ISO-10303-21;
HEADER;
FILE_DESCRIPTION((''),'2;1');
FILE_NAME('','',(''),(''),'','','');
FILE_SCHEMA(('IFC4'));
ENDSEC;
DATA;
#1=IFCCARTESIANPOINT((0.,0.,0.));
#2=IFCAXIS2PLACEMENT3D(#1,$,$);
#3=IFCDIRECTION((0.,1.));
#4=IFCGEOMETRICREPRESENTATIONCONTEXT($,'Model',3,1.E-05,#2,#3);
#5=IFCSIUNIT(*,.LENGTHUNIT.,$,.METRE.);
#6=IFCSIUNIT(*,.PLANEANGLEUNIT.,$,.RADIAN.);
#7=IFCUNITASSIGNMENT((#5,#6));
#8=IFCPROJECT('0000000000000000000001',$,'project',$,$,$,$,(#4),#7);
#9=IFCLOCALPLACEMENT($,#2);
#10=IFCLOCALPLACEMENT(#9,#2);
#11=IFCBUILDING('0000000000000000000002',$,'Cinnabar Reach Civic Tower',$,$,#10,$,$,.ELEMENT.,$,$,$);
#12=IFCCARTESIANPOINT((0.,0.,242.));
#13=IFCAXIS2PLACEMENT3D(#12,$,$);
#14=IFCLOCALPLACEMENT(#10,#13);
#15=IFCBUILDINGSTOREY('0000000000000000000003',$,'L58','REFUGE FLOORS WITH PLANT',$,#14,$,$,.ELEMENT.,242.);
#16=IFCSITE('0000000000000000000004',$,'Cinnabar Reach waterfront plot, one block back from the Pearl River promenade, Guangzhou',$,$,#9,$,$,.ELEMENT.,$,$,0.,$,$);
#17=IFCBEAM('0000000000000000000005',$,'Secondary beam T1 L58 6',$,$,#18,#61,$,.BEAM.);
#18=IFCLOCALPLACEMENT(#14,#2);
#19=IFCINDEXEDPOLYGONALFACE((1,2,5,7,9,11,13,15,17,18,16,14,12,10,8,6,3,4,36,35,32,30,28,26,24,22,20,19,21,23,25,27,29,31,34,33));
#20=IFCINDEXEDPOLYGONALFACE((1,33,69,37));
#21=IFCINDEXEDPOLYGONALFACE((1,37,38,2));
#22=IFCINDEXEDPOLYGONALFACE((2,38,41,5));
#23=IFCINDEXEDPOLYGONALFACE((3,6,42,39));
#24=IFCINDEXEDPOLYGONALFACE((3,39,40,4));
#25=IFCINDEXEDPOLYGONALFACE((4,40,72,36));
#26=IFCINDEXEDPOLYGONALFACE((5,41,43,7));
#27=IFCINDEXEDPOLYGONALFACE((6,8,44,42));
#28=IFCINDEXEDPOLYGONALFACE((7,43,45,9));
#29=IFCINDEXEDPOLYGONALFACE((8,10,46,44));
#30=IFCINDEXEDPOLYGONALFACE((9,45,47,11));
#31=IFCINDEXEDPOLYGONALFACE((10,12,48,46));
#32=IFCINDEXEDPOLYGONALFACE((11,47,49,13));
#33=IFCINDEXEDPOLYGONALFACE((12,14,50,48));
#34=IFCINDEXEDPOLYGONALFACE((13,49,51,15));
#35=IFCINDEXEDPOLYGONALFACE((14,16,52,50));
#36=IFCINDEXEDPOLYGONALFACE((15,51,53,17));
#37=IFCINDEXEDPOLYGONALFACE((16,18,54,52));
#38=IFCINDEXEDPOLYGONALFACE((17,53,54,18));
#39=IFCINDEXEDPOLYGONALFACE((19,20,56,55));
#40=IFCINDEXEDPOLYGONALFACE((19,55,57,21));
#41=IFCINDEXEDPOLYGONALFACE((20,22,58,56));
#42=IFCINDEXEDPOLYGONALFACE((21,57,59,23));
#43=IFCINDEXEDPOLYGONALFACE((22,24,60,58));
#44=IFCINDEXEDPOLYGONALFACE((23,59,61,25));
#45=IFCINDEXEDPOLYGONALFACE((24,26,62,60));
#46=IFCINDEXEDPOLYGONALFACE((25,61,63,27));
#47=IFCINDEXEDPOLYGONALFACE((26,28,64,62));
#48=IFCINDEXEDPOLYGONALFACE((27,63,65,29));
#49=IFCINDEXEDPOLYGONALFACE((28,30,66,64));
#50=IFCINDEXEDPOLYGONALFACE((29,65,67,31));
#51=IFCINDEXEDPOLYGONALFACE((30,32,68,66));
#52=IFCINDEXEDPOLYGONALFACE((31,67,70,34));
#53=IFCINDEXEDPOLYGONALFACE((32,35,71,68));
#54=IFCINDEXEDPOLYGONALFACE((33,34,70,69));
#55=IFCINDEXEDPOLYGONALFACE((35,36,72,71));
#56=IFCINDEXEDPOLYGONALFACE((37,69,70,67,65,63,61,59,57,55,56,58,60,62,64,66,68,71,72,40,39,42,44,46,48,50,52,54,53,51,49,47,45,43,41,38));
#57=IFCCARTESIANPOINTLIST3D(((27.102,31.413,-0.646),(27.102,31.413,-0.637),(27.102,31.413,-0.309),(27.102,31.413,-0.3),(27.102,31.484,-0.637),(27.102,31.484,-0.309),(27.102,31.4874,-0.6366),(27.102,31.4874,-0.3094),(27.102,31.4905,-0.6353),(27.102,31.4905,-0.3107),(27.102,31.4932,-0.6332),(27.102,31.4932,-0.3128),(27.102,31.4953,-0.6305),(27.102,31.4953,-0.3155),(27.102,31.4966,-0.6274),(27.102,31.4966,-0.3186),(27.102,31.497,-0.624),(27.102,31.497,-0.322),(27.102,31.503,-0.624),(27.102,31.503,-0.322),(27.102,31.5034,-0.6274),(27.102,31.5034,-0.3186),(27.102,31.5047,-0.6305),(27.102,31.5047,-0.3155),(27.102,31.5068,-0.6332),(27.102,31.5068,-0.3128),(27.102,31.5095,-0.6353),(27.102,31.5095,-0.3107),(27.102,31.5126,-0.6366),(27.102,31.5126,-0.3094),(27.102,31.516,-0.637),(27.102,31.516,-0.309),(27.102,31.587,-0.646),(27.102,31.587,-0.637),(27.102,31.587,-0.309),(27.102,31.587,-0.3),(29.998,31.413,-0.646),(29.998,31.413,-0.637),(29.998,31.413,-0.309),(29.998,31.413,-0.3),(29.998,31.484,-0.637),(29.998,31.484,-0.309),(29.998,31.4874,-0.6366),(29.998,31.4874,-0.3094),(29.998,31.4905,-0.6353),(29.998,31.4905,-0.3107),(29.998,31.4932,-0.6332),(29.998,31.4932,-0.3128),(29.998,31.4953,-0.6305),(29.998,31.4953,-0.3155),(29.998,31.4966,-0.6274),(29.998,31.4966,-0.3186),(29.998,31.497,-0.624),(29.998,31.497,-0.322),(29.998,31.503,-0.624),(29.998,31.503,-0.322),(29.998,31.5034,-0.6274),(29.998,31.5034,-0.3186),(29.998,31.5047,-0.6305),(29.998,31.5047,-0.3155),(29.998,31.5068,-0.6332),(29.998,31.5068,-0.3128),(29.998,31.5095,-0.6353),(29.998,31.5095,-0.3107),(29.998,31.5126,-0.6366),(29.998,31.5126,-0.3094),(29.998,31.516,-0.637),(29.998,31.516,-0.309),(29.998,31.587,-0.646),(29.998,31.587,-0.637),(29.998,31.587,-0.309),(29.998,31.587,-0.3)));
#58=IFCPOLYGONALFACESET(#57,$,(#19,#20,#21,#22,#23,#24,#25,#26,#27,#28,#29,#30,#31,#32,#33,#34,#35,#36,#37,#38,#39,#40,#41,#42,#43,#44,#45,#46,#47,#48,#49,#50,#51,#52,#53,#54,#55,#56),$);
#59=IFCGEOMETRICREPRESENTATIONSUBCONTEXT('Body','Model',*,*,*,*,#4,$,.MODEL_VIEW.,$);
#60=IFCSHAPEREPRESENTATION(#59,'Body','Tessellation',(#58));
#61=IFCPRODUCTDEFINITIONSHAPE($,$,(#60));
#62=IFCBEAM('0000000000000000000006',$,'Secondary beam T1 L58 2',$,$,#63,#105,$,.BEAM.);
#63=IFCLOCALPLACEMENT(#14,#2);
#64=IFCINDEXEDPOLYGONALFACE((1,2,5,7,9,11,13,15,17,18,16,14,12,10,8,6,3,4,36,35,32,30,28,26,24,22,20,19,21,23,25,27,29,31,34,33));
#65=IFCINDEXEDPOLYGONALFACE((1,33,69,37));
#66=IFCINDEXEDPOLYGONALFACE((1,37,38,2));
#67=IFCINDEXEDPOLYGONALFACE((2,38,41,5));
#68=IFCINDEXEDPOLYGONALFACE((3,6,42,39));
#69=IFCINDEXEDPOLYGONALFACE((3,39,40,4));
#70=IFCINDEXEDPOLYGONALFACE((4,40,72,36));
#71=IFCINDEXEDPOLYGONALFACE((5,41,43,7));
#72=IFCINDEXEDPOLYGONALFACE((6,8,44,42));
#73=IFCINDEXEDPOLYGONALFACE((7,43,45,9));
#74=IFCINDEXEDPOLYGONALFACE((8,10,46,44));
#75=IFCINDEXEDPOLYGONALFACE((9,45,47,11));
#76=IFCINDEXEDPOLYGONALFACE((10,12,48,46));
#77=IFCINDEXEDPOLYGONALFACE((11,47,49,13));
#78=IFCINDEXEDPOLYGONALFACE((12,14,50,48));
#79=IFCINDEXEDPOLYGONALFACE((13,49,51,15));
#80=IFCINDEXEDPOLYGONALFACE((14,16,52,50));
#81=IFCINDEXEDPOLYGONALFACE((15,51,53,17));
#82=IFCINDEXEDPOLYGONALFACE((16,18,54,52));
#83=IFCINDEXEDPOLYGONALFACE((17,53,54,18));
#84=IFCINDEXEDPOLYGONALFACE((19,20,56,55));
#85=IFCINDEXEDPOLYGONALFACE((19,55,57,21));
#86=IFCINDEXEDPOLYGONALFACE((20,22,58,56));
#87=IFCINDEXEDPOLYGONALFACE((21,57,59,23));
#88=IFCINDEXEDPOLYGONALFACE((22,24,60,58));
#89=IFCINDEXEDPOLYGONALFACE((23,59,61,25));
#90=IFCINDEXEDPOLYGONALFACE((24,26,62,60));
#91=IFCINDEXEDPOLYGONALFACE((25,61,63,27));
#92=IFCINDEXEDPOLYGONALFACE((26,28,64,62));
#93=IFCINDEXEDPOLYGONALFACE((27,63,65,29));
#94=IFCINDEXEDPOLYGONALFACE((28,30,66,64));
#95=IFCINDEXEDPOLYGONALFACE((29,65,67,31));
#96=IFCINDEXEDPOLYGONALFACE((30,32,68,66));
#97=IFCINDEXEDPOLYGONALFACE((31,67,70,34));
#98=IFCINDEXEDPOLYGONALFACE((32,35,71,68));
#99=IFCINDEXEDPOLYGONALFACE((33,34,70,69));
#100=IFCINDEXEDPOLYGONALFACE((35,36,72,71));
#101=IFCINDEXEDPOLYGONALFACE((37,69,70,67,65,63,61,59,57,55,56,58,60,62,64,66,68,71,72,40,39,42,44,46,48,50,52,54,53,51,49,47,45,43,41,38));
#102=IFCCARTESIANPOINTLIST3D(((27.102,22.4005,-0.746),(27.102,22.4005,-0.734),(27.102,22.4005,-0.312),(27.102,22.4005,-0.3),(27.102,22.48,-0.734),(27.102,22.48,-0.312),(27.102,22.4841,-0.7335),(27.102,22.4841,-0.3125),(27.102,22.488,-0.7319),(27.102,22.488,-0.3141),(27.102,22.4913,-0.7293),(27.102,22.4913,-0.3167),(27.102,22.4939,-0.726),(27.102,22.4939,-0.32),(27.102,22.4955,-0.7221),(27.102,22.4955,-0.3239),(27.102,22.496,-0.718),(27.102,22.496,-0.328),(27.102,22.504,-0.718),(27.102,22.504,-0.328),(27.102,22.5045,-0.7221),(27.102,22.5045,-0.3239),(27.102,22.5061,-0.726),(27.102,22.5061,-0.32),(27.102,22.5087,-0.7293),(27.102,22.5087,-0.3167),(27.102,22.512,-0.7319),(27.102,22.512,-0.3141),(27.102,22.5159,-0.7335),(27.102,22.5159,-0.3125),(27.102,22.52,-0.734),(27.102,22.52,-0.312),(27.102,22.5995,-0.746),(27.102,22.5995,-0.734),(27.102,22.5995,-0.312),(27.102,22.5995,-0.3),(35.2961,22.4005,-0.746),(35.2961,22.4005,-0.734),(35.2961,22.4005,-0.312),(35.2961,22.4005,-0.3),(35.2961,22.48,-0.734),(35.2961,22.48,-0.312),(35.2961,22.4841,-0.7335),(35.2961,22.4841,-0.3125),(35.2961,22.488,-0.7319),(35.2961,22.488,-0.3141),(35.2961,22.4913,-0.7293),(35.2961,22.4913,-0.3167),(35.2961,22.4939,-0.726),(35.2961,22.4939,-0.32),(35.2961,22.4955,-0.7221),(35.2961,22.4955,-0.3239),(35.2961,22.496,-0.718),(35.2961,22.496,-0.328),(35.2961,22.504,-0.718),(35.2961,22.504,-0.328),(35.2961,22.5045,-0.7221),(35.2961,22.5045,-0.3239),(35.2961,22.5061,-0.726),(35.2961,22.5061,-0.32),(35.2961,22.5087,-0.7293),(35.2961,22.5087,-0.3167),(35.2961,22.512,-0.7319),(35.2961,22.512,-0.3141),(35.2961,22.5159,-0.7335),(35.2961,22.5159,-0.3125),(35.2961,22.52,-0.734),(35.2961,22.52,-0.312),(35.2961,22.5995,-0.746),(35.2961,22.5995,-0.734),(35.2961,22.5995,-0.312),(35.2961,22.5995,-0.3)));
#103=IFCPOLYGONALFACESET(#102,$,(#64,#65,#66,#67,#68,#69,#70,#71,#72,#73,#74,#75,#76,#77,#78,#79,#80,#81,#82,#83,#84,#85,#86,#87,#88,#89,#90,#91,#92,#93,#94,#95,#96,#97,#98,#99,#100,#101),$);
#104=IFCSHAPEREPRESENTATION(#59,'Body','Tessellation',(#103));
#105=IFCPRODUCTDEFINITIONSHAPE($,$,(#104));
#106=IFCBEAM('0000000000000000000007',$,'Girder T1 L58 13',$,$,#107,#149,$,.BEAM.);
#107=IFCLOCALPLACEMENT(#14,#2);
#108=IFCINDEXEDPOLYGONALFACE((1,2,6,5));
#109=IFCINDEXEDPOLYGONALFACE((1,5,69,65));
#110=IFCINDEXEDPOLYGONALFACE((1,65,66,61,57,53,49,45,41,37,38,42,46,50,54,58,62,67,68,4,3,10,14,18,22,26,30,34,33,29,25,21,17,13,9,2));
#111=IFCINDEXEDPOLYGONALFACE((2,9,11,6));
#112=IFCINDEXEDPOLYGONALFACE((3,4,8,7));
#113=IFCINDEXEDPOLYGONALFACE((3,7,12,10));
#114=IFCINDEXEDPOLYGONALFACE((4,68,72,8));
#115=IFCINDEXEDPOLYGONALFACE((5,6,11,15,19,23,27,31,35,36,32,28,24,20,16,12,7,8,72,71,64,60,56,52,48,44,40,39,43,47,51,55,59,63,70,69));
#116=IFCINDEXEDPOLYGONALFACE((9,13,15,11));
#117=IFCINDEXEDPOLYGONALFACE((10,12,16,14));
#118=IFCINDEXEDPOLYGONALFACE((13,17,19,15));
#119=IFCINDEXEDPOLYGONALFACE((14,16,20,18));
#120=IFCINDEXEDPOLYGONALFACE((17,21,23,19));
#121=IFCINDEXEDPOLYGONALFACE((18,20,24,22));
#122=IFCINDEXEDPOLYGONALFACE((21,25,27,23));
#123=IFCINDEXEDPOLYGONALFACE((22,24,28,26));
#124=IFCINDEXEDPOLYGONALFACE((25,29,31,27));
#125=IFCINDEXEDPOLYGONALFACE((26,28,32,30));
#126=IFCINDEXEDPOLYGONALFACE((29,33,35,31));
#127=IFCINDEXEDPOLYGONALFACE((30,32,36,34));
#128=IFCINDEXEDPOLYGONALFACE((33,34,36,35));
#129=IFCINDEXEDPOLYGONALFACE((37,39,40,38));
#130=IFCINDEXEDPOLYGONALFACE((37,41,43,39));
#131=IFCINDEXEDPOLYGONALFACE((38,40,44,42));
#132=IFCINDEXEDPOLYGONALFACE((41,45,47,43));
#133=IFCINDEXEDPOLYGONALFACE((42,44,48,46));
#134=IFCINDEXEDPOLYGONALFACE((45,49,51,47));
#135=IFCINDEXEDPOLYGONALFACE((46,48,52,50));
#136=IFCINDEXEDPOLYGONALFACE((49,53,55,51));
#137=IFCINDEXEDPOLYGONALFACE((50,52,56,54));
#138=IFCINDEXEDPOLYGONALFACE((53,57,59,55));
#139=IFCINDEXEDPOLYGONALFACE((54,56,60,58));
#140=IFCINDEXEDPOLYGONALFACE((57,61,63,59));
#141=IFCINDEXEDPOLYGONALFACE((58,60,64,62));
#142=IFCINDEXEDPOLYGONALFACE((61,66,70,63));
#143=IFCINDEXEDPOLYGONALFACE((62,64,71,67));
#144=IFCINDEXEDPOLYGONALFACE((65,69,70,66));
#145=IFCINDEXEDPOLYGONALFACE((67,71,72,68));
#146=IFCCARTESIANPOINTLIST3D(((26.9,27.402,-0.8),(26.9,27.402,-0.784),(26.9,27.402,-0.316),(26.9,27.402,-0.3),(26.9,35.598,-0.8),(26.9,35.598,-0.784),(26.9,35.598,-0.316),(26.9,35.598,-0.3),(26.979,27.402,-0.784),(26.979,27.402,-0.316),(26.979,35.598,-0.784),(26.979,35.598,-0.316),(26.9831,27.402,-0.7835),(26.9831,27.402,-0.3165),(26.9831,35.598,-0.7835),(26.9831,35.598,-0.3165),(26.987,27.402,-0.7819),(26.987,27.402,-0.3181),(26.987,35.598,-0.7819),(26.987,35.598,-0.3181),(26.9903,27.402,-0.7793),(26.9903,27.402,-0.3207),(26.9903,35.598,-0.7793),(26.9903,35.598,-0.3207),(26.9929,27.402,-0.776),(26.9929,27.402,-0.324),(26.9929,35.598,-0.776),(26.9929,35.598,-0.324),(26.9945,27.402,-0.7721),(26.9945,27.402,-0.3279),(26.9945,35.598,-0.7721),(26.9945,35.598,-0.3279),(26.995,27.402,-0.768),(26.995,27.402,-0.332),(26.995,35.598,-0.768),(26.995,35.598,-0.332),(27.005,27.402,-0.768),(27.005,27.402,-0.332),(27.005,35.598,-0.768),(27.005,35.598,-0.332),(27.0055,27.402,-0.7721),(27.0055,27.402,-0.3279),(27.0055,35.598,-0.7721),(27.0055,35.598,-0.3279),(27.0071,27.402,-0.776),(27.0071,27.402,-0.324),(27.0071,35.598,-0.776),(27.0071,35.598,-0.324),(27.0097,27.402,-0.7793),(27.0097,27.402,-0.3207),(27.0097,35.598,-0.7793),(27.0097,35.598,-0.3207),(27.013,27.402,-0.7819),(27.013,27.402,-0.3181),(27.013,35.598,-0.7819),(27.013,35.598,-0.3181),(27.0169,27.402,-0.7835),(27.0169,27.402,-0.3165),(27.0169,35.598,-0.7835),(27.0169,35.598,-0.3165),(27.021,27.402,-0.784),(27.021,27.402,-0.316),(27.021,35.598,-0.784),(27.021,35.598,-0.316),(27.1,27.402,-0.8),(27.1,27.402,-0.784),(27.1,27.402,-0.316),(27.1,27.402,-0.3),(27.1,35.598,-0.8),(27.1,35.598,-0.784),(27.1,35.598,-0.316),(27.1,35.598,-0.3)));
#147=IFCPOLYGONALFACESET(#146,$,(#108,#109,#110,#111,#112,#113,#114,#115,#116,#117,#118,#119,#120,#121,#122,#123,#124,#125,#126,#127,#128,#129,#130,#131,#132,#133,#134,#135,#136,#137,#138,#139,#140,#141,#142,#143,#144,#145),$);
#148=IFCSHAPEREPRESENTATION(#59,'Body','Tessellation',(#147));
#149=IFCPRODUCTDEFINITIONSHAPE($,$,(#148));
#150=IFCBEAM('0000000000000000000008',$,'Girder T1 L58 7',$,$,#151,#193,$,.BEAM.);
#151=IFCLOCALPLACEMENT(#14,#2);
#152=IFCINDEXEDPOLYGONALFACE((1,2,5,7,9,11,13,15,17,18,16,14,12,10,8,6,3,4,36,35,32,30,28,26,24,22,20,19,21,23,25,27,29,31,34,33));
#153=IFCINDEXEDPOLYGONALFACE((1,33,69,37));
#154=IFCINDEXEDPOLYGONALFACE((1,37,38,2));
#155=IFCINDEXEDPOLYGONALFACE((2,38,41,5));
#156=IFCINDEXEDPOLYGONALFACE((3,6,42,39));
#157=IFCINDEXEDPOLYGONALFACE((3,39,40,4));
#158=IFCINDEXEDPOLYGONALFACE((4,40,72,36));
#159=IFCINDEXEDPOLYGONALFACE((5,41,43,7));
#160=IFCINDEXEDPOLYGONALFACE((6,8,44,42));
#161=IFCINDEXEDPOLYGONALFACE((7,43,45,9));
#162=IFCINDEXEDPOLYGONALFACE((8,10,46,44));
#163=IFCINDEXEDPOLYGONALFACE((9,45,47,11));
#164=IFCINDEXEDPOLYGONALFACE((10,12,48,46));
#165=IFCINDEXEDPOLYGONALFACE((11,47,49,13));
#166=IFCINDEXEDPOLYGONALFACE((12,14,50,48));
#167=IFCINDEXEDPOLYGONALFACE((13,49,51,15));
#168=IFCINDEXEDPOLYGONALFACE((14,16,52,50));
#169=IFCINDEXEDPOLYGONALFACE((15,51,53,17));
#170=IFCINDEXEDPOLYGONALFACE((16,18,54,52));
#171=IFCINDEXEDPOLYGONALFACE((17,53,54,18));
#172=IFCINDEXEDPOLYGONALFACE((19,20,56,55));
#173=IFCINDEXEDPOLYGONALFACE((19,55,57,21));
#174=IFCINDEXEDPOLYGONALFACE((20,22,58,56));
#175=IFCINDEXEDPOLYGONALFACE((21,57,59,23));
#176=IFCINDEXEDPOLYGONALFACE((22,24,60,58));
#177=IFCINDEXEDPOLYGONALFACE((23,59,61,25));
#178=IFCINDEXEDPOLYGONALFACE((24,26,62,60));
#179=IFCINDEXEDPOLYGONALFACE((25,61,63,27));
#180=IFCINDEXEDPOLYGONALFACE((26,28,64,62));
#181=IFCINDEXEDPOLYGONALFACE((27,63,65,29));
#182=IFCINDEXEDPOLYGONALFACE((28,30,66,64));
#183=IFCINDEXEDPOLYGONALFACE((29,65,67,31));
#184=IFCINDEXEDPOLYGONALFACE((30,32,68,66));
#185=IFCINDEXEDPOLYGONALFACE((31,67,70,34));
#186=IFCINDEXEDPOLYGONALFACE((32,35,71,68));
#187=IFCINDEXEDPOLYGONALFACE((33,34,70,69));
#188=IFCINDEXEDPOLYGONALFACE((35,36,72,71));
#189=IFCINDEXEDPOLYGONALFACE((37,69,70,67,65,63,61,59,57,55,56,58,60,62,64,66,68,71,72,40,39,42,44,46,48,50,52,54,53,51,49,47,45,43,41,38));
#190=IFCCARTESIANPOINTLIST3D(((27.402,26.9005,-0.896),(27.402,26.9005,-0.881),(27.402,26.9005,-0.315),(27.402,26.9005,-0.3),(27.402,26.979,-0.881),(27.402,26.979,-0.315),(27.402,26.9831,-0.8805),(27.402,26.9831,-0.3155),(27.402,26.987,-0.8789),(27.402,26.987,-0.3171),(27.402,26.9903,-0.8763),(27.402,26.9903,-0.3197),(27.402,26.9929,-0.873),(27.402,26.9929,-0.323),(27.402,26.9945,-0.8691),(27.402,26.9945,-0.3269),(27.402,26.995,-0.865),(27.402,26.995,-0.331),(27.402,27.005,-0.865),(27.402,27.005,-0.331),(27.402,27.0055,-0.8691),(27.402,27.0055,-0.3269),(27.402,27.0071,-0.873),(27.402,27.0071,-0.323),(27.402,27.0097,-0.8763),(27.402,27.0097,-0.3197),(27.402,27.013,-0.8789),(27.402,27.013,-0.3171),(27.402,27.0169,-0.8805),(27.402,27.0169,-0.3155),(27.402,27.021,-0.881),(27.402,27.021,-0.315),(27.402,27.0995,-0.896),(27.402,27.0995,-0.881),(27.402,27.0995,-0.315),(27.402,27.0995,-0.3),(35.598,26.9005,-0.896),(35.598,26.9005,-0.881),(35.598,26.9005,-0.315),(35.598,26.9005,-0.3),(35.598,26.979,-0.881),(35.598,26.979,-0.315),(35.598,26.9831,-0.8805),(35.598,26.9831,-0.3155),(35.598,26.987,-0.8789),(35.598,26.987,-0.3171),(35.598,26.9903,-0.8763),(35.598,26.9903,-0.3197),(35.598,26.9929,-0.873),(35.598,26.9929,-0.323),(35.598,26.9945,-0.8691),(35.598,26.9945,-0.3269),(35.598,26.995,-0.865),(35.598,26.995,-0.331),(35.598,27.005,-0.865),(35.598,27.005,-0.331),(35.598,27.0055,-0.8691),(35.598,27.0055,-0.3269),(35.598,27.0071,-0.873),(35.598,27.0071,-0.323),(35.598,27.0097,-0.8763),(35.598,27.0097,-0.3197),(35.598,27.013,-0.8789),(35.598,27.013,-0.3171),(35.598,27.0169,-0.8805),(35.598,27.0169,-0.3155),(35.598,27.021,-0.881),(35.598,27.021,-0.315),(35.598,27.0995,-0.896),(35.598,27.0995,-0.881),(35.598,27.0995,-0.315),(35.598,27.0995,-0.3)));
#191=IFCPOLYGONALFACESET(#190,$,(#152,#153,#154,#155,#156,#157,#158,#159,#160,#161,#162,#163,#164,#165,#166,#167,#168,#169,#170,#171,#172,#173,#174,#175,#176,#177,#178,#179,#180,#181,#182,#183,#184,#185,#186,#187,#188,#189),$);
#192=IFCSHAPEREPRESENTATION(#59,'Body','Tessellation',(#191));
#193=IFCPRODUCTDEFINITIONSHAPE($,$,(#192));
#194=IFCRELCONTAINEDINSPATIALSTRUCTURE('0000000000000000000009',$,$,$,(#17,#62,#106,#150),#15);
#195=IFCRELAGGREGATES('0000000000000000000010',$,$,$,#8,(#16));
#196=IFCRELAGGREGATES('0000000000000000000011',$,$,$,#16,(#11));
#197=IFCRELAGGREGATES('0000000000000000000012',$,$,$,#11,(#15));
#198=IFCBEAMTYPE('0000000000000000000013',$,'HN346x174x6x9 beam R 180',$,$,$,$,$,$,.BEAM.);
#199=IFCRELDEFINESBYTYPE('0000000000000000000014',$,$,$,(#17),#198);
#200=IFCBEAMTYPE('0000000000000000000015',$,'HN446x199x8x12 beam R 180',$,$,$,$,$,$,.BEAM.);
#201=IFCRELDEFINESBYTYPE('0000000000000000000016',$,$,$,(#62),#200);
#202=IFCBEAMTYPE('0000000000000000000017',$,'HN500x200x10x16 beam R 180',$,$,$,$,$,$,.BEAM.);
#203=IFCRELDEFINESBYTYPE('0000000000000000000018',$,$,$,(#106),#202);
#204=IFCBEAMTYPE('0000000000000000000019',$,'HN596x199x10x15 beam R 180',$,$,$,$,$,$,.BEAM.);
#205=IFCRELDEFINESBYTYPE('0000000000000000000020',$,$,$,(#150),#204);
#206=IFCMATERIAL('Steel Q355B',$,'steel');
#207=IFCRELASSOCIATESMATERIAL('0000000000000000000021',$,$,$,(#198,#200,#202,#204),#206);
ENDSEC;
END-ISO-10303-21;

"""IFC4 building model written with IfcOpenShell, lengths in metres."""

from ifc_helpers import new_model, si_unit, direction, frame, origin, origin_2d, place, context, subcontext, project, spatial, i_section, extrude, material, material_profile, profile_set, type_object, element, save


model = new_model("IFC4")

# Units and contexts
model_context = context("Model", 3, precision=1e-05, world=origin(), true_north=direction((0.0, 1.0)))
body_context = subcontext(model_context, "Body", "Model", "MODEL_VIEW")
ifc_project = project(units=[si_unit("LENGTHUNIT", "METRE"), si_unit("PLANEANGLEUNIT", "RADIAN")], contexts=[model_context])

# Site, building, storey
site_placement = place(None, origin())
site = spatial("IfcSite", under=ifc_project, at=site_placement, Name="Cinnabar Reach waterfront plot, one block back from the Pearl River promenade, Guangzhou", CompositionType="ELEMENT", RefElevation=0.0)
building_placement = place(site_placement, origin())
building = spatial("IfcBuilding", under=site, at=building_placement, Name="Cinnabar Reach Civic Tower", CompositionType="ELEMENT")
storey_placement = place(building_placement, frame((0.0, 0.0, 242.0)))
storey = spatial("IfcBuildingStorey", under=building, at=storey_placement, Name="L58", Description="REFUGE FLOORS WITH PLANT", CompositionType="ELEMENT", Elevation=242.0)

# Beams
ifc_material_1 = material(Name="Steel Q355B", Category="steel")
ifc_material_profile_1 = material_profile(ifc_material_1, i_section(OverallWidth=0.174, OverallDepth=0.346, WebThickness=0.006, FlangeThickness=0.009, FilletRadius=0.013, at=origin_2d()), Name="HN346x174x6x9")
ifc_profile_set_1 = profile_set([ifc_material_profile_1], Name="Steel Q355B")
beam_type_1 = type_object("IfcBeamType", Name="HN346x174x6x9 beam R 180", PredefinedType="BEAM", material=ifc_profile_set_1)
beam_1_placement = place(storey_placement, frame((27.102, 31.5, -0.473), z_axis=(1.0, 0.0, 0.0), x_axis=(0.0, 1.0, 0.0)))
element("IfcBeam", 1, at=beam_1_placement, inside=storey, type_object=beam_type_1, Name="Secondary beam T1 L58 6", PredefinedType="BEAM", context=body_context, shape_type="SweptSolid", body=[
    extrude(i_section(OverallWidth=0.174, OverallDepth=0.346, WebThickness=0.006, FlangeThickness=0.009, FilletRadius=0.013, at=origin_2d()), origin(), (0.0, 0.0, 1.0), 2.896),
])
ifc_material_profile_2 = material_profile(ifc_material_1, i_section(OverallWidth=0.199, OverallDepth=0.446, WebThickness=0.008, FlangeThickness=0.012, FilletRadius=0.016, at=origin_2d()), Name="HN446x199x8x12")
ifc_profile_set_2 = profile_set([ifc_material_profile_2], Name="Steel Q355B")
beam_type_2 = type_object("IfcBeamType", Name="HN446x199x8x12 beam R 180", PredefinedType="BEAM", material=ifc_profile_set_2)
beam_2_placement = place(storey_placement, frame((27.102, 22.5, -0.523), z_axis=(1.0, 0.0, 0.0), x_axis=(0.0, 1.0, 0.0)))
element("IfcBeam", 2, at=beam_2_placement, inside=storey, type_object=beam_type_2, Name="Secondary beam T1 L58 2", PredefinedType="BEAM", context=body_context, shape_type="SweptSolid", body=[
    extrude(i_section(OverallWidth=0.199, OverallDepth=0.446, WebThickness=0.008, FlangeThickness=0.012, FilletRadius=0.016, at=origin_2d()), origin(), (0.0, 0.0, 1.0), 8.1941),
])
ifc_material_profile_3 = material_profile(ifc_material_1, i_section(OverallWidth=0.2, OverallDepth=0.5, WebThickness=0.01, FlangeThickness=0.016, FilletRadius=0.016, at=origin_2d()), Name="HN500x200x10x16")
ifc_profile_set_3 = profile_set([ifc_material_profile_3], Name="Steel Q355B")
beam_type_3 = type_object("IfcBeamType", Name="HN500x200x10x16 beam R 180", PredefinedType="BEAM", material=ifc_profile_set_3)
beam_3_placement = place(storey_placement, frame((27.0, 27.402, -0.55), z_axis=(0.0, 1.0, 0.0), x_axis=(-1.0, 0.0, 0.0)))
element("IfcBeam", 3, at=beam_3_placement, inside=storey, type_object=beam_type_3, Name="Girder T1 L58 13", PredefinedType="BEAM", context=body_context, shape_type="SweptSolid", body=[
    extrude(i_section(OverallWidth=0.2, OverallDepth=0.5, WebThickness=0.01, FlangeThickness=0.016, FilletRadius=0.016, at=origin_2d()), origin(), (0.0, 0.0, 1.0), 8.196),
])
ifc_material_profile_4 = material_profile(ifc_material_1, i_section(OverallWidth=0.199, OverallDepth=0.596, WebThickness=0.01, FlangeThickness=0.015, FilletRadius=0.016, at=origin_2d()), Name="HN596x199x10x15")
ifc_profile_set_4 = profile_set([ifc_material_profile_4], Name="Steel Q355B")
beam_type_4 = type_object("IfcBeamType", Name="HN596x199x10x15 beam R 180", PredefinedType="BEAM", material=ifc_profile_set_4)
beam_4_placement = place(storey_placement, frame((27.402, 27.0, -0.598), z_axis=(1.0, 0.0, 0.0), x_axis=(0.0, 1.0, 0.0)))
element("IfcBeam", 4, at=beam_4_placement, inside=storey, type_object=beam_type_4, Name="Girder T1 L58 7", PredefinedType="BEAM", context=body_context, shape_type="SweptSolid", body=[
    extrude(i_section(OverallWidth=0.199, OverallDepth=0.596, WebThickness=0.01, FlangeThickness=0.015, FilletRadius=0.016, at=origin_2d()), origin(), (0.0, 0.0, 1.0), 8.196),
])

save(model, "model.ifc")
